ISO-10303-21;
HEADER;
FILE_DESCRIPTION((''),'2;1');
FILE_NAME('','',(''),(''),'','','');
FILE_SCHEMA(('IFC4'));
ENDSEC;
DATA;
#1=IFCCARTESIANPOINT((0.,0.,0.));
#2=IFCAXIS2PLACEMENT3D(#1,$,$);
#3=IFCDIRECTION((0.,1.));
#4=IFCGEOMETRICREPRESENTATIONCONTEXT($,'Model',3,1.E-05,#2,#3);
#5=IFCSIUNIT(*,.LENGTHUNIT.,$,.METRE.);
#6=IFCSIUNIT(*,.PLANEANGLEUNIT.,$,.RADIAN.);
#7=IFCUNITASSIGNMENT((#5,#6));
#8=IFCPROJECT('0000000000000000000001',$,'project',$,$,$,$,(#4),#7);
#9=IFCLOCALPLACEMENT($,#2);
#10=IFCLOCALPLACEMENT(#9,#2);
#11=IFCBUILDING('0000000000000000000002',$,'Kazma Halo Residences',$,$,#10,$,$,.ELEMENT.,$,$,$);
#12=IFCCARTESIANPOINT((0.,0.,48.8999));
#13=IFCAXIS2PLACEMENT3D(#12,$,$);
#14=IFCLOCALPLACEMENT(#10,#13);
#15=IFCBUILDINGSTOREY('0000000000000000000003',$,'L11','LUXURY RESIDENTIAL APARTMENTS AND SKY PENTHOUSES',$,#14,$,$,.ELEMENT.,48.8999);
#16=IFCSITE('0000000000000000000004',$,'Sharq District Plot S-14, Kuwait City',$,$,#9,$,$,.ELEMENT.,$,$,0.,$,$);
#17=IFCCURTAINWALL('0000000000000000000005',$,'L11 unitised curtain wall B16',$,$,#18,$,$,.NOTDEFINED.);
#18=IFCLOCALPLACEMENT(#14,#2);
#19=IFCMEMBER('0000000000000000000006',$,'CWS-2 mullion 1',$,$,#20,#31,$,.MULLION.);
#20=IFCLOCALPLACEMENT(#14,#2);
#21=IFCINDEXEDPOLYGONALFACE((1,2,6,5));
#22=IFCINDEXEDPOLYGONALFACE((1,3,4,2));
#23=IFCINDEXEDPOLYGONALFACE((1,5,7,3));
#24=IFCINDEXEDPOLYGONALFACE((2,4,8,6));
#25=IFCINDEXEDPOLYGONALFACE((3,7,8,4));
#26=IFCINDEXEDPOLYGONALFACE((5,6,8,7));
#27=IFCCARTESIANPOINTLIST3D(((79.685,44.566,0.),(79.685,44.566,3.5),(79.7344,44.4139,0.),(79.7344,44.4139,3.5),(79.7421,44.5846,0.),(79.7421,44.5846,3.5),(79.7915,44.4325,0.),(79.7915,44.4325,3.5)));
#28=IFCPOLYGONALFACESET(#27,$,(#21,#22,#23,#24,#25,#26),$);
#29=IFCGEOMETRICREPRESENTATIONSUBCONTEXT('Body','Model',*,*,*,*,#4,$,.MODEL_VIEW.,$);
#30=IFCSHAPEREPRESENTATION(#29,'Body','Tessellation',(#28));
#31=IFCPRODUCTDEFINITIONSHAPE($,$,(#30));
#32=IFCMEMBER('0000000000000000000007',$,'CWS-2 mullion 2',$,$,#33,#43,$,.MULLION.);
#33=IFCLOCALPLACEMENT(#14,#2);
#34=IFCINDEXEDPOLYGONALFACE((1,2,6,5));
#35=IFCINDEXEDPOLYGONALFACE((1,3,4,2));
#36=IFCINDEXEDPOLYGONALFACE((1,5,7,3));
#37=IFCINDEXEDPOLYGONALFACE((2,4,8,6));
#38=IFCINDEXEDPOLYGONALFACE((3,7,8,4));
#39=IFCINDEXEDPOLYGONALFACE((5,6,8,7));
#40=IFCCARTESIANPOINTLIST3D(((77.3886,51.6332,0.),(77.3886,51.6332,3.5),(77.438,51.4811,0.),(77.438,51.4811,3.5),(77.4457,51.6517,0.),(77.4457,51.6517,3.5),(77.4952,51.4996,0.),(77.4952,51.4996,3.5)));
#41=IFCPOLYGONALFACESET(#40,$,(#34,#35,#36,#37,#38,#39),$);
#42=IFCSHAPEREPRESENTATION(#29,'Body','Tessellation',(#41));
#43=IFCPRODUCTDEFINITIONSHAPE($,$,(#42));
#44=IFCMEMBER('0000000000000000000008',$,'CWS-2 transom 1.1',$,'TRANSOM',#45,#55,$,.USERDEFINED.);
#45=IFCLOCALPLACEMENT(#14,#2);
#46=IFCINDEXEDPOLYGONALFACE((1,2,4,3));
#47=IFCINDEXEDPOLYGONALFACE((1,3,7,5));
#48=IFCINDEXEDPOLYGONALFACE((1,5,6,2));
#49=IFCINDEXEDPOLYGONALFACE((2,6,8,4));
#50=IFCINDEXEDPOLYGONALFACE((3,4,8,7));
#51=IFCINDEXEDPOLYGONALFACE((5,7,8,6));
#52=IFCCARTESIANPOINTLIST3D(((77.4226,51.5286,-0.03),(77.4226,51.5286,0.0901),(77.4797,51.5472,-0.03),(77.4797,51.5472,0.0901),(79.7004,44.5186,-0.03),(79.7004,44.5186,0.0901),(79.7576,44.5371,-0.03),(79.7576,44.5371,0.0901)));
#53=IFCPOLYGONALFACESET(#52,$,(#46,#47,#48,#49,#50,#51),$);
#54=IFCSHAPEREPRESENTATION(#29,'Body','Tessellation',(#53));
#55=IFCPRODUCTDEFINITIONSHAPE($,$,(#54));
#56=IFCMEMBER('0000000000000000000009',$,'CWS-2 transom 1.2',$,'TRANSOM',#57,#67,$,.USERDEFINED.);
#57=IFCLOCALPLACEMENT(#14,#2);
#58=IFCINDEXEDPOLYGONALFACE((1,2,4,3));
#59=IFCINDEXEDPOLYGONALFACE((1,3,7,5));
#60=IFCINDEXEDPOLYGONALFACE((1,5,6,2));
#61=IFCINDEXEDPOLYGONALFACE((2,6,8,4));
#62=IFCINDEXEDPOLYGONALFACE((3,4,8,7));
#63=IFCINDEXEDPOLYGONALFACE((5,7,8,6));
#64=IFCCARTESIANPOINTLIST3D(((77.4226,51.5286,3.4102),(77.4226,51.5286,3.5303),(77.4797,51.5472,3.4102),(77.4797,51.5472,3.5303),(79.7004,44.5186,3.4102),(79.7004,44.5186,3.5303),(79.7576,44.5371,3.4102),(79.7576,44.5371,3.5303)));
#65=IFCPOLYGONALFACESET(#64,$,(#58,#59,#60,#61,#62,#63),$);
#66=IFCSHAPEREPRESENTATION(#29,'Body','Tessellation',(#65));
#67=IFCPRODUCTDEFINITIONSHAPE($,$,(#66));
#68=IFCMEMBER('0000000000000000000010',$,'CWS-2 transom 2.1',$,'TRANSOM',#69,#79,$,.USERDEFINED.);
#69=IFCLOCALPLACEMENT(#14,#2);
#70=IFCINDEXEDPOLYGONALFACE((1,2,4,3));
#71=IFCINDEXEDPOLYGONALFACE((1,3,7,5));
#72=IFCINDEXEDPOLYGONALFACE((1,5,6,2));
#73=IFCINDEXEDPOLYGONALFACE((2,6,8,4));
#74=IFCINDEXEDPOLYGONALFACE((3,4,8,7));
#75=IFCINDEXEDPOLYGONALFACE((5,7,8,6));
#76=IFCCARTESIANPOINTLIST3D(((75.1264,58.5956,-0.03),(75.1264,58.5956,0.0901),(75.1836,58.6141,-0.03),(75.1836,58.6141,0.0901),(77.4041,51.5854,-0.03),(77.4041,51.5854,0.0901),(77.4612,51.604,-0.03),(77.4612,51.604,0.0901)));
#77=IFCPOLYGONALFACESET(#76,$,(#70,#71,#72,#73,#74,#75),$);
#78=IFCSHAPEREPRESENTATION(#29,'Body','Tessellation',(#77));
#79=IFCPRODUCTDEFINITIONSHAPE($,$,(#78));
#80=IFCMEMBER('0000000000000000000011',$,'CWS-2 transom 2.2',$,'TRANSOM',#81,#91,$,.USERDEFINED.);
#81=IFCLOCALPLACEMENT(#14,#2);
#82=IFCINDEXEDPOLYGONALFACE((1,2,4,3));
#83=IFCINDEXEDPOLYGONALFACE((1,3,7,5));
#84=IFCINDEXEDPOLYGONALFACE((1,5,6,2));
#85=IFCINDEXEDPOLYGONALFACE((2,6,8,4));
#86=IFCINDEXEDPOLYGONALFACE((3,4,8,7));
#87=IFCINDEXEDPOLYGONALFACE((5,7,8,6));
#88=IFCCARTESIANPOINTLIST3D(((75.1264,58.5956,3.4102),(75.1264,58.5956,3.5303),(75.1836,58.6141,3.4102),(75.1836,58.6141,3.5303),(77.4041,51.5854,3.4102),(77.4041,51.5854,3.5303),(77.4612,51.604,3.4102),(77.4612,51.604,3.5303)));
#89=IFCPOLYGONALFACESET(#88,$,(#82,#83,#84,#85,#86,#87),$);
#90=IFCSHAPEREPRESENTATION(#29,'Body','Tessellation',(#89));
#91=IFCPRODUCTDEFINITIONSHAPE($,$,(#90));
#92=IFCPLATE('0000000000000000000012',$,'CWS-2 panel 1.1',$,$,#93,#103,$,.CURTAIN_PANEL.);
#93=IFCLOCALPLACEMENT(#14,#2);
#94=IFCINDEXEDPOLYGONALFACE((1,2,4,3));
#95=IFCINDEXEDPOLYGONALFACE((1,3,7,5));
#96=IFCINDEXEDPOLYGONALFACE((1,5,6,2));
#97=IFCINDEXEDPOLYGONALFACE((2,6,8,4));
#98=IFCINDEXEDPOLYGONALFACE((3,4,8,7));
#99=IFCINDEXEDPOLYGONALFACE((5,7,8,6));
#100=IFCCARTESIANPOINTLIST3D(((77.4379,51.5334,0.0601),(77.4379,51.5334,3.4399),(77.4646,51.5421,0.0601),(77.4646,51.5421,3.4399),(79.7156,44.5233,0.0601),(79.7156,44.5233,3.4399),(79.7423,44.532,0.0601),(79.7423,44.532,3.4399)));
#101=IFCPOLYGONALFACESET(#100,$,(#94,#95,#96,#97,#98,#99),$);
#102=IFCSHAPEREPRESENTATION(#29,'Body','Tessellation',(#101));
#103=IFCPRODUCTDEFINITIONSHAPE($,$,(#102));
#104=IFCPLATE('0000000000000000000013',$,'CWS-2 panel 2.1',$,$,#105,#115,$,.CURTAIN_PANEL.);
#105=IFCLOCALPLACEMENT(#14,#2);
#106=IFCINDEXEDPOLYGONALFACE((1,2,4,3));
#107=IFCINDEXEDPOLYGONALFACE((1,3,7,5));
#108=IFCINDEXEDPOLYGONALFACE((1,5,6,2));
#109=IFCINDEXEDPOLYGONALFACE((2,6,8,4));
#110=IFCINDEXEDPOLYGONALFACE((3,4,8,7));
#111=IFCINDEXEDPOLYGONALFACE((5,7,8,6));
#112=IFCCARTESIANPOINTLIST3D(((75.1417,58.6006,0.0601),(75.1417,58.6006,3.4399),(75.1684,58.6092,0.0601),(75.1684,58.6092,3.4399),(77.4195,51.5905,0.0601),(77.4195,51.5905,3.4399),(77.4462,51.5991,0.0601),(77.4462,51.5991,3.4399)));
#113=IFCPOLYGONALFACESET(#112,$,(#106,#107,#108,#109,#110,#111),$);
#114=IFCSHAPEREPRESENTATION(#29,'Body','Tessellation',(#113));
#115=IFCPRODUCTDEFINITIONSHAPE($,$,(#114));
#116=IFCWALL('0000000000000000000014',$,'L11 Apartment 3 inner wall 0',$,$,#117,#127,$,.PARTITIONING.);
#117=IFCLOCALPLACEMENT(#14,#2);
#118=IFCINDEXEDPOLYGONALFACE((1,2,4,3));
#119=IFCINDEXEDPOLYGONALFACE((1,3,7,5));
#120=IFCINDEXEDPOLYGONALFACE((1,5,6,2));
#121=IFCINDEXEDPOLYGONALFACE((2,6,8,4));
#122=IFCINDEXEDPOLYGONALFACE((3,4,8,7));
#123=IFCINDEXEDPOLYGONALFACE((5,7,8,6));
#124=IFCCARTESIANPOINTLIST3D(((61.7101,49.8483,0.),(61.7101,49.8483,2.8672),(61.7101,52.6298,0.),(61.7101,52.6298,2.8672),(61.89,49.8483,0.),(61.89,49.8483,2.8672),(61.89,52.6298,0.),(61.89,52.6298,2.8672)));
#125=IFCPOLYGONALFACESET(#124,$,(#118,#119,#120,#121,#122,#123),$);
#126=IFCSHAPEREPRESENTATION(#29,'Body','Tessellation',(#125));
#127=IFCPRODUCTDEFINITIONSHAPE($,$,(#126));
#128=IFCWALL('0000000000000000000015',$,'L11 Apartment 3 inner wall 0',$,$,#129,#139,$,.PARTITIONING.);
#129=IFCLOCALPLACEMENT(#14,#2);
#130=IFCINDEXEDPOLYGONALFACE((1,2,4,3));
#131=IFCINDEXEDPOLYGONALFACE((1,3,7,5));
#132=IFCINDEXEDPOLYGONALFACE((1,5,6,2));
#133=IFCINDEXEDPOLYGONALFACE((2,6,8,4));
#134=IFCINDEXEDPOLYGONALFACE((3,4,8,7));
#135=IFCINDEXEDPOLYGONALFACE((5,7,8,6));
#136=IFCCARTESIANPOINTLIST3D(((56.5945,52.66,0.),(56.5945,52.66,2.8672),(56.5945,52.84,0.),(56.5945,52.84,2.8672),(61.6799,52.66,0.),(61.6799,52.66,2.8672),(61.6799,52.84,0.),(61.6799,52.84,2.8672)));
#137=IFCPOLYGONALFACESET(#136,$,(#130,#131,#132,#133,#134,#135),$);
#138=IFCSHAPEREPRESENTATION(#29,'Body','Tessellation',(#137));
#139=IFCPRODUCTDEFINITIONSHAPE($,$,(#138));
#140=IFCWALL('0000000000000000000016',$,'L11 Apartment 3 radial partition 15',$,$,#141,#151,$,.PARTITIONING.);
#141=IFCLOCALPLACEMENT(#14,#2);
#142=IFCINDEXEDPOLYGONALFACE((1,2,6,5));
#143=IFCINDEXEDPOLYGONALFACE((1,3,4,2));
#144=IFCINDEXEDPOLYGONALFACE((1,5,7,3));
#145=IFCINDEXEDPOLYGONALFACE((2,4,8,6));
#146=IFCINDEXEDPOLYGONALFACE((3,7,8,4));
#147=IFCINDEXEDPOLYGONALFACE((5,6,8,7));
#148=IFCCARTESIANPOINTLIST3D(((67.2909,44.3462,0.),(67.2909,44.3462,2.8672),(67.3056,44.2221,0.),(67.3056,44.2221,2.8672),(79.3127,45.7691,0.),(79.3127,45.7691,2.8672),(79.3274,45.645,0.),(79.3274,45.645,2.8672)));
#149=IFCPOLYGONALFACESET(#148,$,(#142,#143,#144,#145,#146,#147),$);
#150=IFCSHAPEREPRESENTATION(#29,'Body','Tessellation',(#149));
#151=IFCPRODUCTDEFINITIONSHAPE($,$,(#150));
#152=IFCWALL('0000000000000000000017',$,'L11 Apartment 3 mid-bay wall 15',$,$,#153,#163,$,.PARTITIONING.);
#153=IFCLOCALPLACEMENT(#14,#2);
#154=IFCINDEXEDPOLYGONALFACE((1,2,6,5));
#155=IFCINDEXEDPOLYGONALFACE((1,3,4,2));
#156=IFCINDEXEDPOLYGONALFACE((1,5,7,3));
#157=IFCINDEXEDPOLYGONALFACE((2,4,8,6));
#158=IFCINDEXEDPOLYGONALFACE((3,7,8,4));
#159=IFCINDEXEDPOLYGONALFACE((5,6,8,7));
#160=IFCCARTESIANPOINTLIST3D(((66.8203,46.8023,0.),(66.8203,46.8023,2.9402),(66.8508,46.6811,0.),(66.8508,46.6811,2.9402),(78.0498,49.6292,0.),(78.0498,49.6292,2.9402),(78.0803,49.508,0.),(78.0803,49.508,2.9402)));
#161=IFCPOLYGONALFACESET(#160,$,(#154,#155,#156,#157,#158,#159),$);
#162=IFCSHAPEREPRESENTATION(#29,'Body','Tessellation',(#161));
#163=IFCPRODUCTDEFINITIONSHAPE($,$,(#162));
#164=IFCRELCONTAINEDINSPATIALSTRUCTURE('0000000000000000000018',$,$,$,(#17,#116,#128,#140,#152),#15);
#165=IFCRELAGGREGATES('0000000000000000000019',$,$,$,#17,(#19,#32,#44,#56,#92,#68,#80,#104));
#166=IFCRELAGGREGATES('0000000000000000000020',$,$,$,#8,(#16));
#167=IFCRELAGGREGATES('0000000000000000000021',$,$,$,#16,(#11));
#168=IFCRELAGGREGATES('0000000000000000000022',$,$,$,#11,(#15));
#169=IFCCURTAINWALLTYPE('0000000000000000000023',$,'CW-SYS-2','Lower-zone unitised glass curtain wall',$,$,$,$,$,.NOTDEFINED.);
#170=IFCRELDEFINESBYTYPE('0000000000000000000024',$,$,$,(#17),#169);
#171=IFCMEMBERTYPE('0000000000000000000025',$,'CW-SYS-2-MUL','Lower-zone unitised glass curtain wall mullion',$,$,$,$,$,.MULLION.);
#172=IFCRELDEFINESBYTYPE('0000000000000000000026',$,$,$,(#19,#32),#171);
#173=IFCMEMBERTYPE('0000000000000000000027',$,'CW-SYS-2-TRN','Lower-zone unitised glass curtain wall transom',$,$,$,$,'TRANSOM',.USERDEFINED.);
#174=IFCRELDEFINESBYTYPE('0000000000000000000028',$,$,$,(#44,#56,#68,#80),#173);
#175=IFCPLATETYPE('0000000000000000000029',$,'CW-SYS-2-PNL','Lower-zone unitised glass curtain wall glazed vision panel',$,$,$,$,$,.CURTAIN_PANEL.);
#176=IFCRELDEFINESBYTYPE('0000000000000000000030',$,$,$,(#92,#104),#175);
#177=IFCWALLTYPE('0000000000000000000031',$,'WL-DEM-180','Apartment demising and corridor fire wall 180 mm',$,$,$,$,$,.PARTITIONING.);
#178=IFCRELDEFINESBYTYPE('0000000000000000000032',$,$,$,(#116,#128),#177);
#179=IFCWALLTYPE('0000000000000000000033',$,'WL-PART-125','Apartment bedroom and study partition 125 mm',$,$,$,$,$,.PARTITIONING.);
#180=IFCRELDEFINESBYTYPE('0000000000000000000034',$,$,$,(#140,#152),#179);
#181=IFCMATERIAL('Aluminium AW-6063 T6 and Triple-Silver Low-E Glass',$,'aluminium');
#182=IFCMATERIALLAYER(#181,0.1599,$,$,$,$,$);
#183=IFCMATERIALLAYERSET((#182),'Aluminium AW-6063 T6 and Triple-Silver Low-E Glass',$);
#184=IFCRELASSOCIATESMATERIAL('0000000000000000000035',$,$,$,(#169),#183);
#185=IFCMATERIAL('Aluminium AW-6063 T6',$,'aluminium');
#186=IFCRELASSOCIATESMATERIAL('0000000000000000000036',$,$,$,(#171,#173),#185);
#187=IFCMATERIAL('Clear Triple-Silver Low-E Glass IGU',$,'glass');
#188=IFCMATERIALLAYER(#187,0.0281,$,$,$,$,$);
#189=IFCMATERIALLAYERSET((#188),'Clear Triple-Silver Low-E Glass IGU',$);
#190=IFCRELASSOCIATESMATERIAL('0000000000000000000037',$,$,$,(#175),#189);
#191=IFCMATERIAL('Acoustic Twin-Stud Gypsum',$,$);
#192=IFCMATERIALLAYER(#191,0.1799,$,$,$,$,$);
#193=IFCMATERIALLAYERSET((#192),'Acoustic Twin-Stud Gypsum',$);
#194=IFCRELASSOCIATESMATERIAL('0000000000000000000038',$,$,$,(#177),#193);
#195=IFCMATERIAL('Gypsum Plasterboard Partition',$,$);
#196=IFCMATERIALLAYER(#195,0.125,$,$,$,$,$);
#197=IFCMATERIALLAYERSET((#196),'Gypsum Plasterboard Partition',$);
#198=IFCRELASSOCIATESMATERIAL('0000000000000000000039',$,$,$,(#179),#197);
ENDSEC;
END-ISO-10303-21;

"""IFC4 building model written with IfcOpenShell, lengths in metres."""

from ifc_helpers import new_model, si_unit, direction, frame, frame_2d, origin, origin_2d, place, context, subcontext, project, spatial, rectangle, extrude, material, layer, layer_set, material_profile, profile_set, type_object, element, aggregate, save


model = new_model("IFC4")

# Units and contexts
model_context = context("Model", 3, precision=1e-05, world=origin(), true_north=direction((0.0, 1.0)))
body_context = subcontext(model_context, "Body", "Model", "MODEL_VIEW")
ifc_project = project(units=[si_unit("LENGTHUNIT", "METRE"), si_unit("PLANEANGLEUNIT", "RADIAN")], contexts=[model_context])

# Site, building, storey
site_placement = place(None, origin())
site = spatial("IfcSite", under=ifc_project, at=site_placement, Name="Sharq District Plot S-14, Kuwait City", CompositionType="ELEMENT", RefElevation=0.0)
building_placement = place(site_placement, origin())
building = spatial("IfcBuilding", under=site, at=building_placement, Name="Kazma Halo Residences", CompositionType="ELEMENT")
storey_placement = place(building_placement, frame((0.0, 0.0, 48.8999)))
storey = spatial("IfcBuildingStorey", under=building, at=storey_placement, Name="L11", Description="LUXURY RESIDENTIAL APARTMENTS AND SKY PENTHOUSES", CompositionType="ELEMENT", Elevation=48.8999)

# Curtain wall, members, plates
ifc_material_1 = material(Name="Aluminium AW-6063 T6 and Triple-Silver Low-E Glass", Category="aluminium")
ifc_layer_1 = layer(ifc_material_1, 0.1599)
ifc_layer_set_1 = layer_set([ifc_layer_1], Name="Aluminium AW-6063 T6 and Triple-Silver Low-E Glass")
curtain_wall_type = type_object("IfcCurtainWallType", Name="CW-SYS-2", Description="Lower-zone unitised glass curtain wall", PredefinedType="NOTDEFINED", material=ifc_layer_set_1)
curtain_wall_placement = place(storey_placement, origin())
curtain_wall = element("IfcCurtainWall", 1, at=curtain_wall_placement, inside=storey, type_object=curtain_wall_type, Name="L11 unitised curtain wall B16", PredefinedType="NOTDEFINED")
ifc_material_2 = material(Name="Aluminium AW-6063 T6", Category="aluminium")
ifc_material_profile_1 = material_profile(ifc_material_2, rectangle(XDim=0.0601, YDim=0.1599, at=origin_2d()), Name="CWM-60x160")
ifc_profile_set_1 = profile_set([ifc_material_profile_1], Name="Aluminium AW-6063 T6")
member_type_1 = type_object("IfcMemberType", Name="CW-SYS-2-MUL", Description="Lower-zone unitised glass curtain wall mullion", PredefinedType="MULLION", material=ifc_profile_set_1)
member_1_placement = place(storey_placement, frame((79.7383, 44.4993, 0.0), z_axis=(0.0, 0.0, 1.0), x_axis=(-0.951057, -0.309017, 0.0)))
member_1 = element("IfcMember", 2, at=member_1_placement, type_object=member_type_1, Name="CWS-2 mullion 1", PredefinedType="MULLION", context=body_context, shape_type="SweptSolid", body=[
    extrude(rectangle(XDim=0.0601, YDim=0.1599, at=origin_2d()), origin(), (0.0, 0.0, 1.0), 3.5),
])
member_2_placement = place(storey_placement, frame((77.4419, 51.5664, 0.0), z_axis=(0.0, 0.0, 1.0), x_axis=(-0.951057, -0.309017, 0.0)))
member_2 = element("IfcMember", 3, at=member_2_placement, type_object=member_type_1, Name="CWS-2 mullion 2", PredefinedType="MULLION", context=body_context, shape_type="SweptSolid", body=[
    extrude(rectangle(XDim=0.0601, YDim=0.1599, at=origin_2d()), origin(), (0.0, 0.0, 1.0), 3.5),
])
ifc_material_profile_2 = material_profile(ifc_material_2, rectangle(XDim=0.0601, YDim=0.1201, at=origin_2d()), Name="CWT-60x120")
ifc_profile_set_2 = profile_set([ifc_material_profile_2], Name="Aluminium AW-6063 T6")
member_type_2 = type_object("IfcMemberType", Name="CW-SYS-2-TRN", Description="Lower-zone unitised glass curtain wall transom", ElementType="TRANSOM", PredefinedType="USERDEFINED", material=ifc_profile_set_2)
member_3_placement = place(storey_placement, frame((79.729, 44.5278, 0.03), z_axis=(-0.309034, 0.951051, 0.0), x_axis=(-0.951051, -0.309034, 0.0)))
member_3 = element("IfcMember", 4, at=member_3_placement, type_object=member_type_2, Name="CWS-2 transom 1.1", ObjectType="TRANSOM", PredefinedType="USERDEFINED", context=body_context, shape_type="SweptSolid", body=[
    extrude(rectangle(XDim=0.0601, YDim=0.1201, at=origin_2d()), origin(), (0.0, 0.0, 1.0), 7.3708),
])
member_4_placement = place(storey_placement, frame((79.729, 44.5278, 3.4702), z_axis=(-0.309034, 0.951051, 0.0), x_axis=(-0.951051, -0.309034, 0.0)))
member_4 = element("IfcMember", 5, at=member_4_placement, type_object=member_type_2, Name="CWS-2 transom 1.2", ObjectType="TRANSOM", PredefinedType="USERDEFINED", context=body_context, shape_type="SweptSolid", body=[
    extrude(rectangle(XDim=0.0601, YDim=0.1201, at=origin_2d()), origin(), (0.0, 0.0, 1.0), 7.3708),
])
member_5_placement = place(storey_placement, frame((77.4326, 51.5947, 0.03), z_axis=(-0.309004, 0.951061, 0.0), x_axis=(-0.951061, -0.309004, 0.0)))
member_5 = element("IfcMember", 6, at=member_5_placement, type_object=member_type_2, Name="CWS-2 transom 2.1", ObjectType="TRANSOM", PredefinedType="USERDEFINED", context=body_context, shape_type="SweptSolid", body=[
    extrude(rectangle(XDim=0.0601, YDim=0.1201, at=origin_2d()), origin(), (0.0, 0.0, 1.0), 7.3708),
])
member_6_placement = place(storey_placement, frame((77.4326, 51.5947, 3.4702), z_axis=(-0.309004, 0.951061, 0.0), x_axis=(-0.951061, -0.309004, 0.0)))
member_6 = element("IfcMember", 7, at=member_6_placement, type_object=member_type_2, Name="CWS-2 transom 2.2", ObjectType="TRANSOM", PredefinedType="USERDEFINED", context=body_context, shape_type="SweptSolid", body=[
    extrude(rectangle(XDim=0.0601, YDim=0.1201, at=origin_2d()), origin(), (0.0, 0.0, 1.0), 7.3708),
])
ifc_material_3 = material(Name="Clear Triple-Silver Low-E Glass IGU", Category="glass")
ifc_layer_2 = layer(ifc_material_3, 0.0281)
ifc_layer_set_2 = layer_set([ifc_layer_2], Name="Clear Triple-Silver Low-E Glass IGU")
plate_type = type_object("IfcPlateType", Name="CW-SYS-2-PNL", Description="Lower-zone unitised glass curtain wall glazed vision panel", PredefinedType="CURTAIN_PANEL", material=ifc_layer_set_2)
plate_1_placement = place(storey_placement, frame((78.5901, 48.0327, 0.0601), z_axis=(0.0, 0.0, 1.0), x_axis=(-0.309017, 0.951057, 0.0)))
plate_1 = element("IfcPlate", 8, at=plate_1_placement, type_object=plate_type, Name="CWS-2 panel 1.1", PredefinedType="CURTAIN_PANEL", context=body_context, shape_type="SweptSolid", body=[
    extrude(rectangle(XDim=7.3708, YDim=0.0281, at=origin_2d()), origin(), (0.0, 0.0, 1.0), 3.3799),
])
plate_2_placement = place(storey_placement, frame((76.2939, 55.0999, 0.0601), z_axis=(0.0, 0.0, 1.0), x_axis=(-0.309017, 0.951057, 0.0)))
plate_2 = element("IfcPlate", 9, at=plate_2_placement, type_object=plate_type, Name="CWS-2 panel 2.1", PredefinedType="CURTAIN_PANEL", context=body_context, shape_type="SweptSolid", body=[
    extrude(rectangle(XDim=7.3708, YDim=0.0281, at=origin_2d()), origin(), (0.0, 0.0, 1.0), 3.3799),
])
aggregate(curtain_wall, [member_1, member_2, member_3, member_4, plate_1, member_5, member_6, plate_2])

# Walls
ifc_material_4 = material(Name="Acoustic Twin-Stud Gypsum")
ifc_layer_3 = layer(ifc_material_4, 0.1799)
ifc_layer_set_3 = layer_set([ifc_layer_3], Name="Acoustic Twin-Stud Gypsum")
wall_type_1 = type_object("IfcWallType", Name="WL-DEM-180", Description="Apartment demising and corridor fire wall 180 mm", PredefinedType="PARTITIONING", material=ifc_layer_set_3)
wall_1_placement = place(storey_placement, frame((61.8, 49.8484, 0.0), z_axis=(0.0, 0.0, 1.0), x_axis=(0.0, 1.0, 0.0)))
element("IfcWall", 10, at=wall_1_placement, inside=storey, type_object=wall_type_1, Name="L11 Apartment 3 inner wall 0", PredefinedType="PARTITIONING", context=body_context, shape_type="SweptSolid", body=[
    extrude(rectangle(XDim=2.7815, YDim=0.1799, at=frame_2d((1.3906, 0.0))), origin(), (0.0, 0.0, 1.0), 2.8672),
])
wall_2_placement = place(storey_placement, frame((61.6799, 52.75, 0.0), z_axis=(0.0, 0.0, 1.0), x_axis=(-1.0, 0.0, 0.0)))
element("IfcWall", 11, at=wall_2_placement, inside=storey, type_object=wall_type_1, Name="L11 Apartment 3 inner wall 0", PredefinedType="PARTITIONING", context=body_context, shape_type="SweptSolid", body=[
    extrude(rectangle(XDim=5.0854, YDim=0.1799, at=frame_2d((2.5427, 0.0))), origin(), (0.0, 0.0, 1.0), 2.8672),
])
ifc_material_5 = material(Name="Gypsum Plasterboard Partition")
ifc_layer_4 = layer(ifc_material_5, 0.125)
ifc_layer_set_4 = layer_set([ifc_layer_4], Name="Gypsum Plasterboard Partition")
wall_type_2 = type_object("IfcWallType", Name="WL-PART-125", Description="Apartment bedroom and study partition 125 mm", PredefinedType="PARTITIONING", material=ifc_layer_set_4)
wall_3_placement = place(storey_placement, frame((67.2983, 44.2842, 0.0), z_axis=(0.0, 0.0, 1.0), x_axis=(0.993069, 0.117536, 0.0)))
element("IfcWall", 12, at=wall_3_placement, inside=storey, type_object=wall_type_2, Name="L11 Apartment 3 radial partition 15", PredefinedType="PARTITIONING", context=body_context, shape_type="SweptSolid", body=[
    extrude(rectangle(XDim=12.1057, YDim=0.125, at=frame_2d((6.0527, 0.0))), origin(), (0.0, 0.0, 1.0), 2.8672),
])
wall_4_placement = place(storey_placement, frame((66.8354, 46.7417, 0.0), z_axis=(0.0, 0.0, 1.0), x_axis=(0.969744, 0.244123, 0.0)))
element("IfcWall", 13, at=wall_4_placement, inside=storey, type_object=wall_type_2, Name="L11 Apartment 3 mid-bay wall 15", PredefinedType="PARTITIONING", context=body_context, shape_type="SweptSolid", body=[
    extrude(rectangle(XDim=11.5798, YDim=0.125, at=frame_2d((5.79, 0.0))), origin(), (0.0, 0.0, 1.0), 2.9402),
])

save(model, "model.ifc")
